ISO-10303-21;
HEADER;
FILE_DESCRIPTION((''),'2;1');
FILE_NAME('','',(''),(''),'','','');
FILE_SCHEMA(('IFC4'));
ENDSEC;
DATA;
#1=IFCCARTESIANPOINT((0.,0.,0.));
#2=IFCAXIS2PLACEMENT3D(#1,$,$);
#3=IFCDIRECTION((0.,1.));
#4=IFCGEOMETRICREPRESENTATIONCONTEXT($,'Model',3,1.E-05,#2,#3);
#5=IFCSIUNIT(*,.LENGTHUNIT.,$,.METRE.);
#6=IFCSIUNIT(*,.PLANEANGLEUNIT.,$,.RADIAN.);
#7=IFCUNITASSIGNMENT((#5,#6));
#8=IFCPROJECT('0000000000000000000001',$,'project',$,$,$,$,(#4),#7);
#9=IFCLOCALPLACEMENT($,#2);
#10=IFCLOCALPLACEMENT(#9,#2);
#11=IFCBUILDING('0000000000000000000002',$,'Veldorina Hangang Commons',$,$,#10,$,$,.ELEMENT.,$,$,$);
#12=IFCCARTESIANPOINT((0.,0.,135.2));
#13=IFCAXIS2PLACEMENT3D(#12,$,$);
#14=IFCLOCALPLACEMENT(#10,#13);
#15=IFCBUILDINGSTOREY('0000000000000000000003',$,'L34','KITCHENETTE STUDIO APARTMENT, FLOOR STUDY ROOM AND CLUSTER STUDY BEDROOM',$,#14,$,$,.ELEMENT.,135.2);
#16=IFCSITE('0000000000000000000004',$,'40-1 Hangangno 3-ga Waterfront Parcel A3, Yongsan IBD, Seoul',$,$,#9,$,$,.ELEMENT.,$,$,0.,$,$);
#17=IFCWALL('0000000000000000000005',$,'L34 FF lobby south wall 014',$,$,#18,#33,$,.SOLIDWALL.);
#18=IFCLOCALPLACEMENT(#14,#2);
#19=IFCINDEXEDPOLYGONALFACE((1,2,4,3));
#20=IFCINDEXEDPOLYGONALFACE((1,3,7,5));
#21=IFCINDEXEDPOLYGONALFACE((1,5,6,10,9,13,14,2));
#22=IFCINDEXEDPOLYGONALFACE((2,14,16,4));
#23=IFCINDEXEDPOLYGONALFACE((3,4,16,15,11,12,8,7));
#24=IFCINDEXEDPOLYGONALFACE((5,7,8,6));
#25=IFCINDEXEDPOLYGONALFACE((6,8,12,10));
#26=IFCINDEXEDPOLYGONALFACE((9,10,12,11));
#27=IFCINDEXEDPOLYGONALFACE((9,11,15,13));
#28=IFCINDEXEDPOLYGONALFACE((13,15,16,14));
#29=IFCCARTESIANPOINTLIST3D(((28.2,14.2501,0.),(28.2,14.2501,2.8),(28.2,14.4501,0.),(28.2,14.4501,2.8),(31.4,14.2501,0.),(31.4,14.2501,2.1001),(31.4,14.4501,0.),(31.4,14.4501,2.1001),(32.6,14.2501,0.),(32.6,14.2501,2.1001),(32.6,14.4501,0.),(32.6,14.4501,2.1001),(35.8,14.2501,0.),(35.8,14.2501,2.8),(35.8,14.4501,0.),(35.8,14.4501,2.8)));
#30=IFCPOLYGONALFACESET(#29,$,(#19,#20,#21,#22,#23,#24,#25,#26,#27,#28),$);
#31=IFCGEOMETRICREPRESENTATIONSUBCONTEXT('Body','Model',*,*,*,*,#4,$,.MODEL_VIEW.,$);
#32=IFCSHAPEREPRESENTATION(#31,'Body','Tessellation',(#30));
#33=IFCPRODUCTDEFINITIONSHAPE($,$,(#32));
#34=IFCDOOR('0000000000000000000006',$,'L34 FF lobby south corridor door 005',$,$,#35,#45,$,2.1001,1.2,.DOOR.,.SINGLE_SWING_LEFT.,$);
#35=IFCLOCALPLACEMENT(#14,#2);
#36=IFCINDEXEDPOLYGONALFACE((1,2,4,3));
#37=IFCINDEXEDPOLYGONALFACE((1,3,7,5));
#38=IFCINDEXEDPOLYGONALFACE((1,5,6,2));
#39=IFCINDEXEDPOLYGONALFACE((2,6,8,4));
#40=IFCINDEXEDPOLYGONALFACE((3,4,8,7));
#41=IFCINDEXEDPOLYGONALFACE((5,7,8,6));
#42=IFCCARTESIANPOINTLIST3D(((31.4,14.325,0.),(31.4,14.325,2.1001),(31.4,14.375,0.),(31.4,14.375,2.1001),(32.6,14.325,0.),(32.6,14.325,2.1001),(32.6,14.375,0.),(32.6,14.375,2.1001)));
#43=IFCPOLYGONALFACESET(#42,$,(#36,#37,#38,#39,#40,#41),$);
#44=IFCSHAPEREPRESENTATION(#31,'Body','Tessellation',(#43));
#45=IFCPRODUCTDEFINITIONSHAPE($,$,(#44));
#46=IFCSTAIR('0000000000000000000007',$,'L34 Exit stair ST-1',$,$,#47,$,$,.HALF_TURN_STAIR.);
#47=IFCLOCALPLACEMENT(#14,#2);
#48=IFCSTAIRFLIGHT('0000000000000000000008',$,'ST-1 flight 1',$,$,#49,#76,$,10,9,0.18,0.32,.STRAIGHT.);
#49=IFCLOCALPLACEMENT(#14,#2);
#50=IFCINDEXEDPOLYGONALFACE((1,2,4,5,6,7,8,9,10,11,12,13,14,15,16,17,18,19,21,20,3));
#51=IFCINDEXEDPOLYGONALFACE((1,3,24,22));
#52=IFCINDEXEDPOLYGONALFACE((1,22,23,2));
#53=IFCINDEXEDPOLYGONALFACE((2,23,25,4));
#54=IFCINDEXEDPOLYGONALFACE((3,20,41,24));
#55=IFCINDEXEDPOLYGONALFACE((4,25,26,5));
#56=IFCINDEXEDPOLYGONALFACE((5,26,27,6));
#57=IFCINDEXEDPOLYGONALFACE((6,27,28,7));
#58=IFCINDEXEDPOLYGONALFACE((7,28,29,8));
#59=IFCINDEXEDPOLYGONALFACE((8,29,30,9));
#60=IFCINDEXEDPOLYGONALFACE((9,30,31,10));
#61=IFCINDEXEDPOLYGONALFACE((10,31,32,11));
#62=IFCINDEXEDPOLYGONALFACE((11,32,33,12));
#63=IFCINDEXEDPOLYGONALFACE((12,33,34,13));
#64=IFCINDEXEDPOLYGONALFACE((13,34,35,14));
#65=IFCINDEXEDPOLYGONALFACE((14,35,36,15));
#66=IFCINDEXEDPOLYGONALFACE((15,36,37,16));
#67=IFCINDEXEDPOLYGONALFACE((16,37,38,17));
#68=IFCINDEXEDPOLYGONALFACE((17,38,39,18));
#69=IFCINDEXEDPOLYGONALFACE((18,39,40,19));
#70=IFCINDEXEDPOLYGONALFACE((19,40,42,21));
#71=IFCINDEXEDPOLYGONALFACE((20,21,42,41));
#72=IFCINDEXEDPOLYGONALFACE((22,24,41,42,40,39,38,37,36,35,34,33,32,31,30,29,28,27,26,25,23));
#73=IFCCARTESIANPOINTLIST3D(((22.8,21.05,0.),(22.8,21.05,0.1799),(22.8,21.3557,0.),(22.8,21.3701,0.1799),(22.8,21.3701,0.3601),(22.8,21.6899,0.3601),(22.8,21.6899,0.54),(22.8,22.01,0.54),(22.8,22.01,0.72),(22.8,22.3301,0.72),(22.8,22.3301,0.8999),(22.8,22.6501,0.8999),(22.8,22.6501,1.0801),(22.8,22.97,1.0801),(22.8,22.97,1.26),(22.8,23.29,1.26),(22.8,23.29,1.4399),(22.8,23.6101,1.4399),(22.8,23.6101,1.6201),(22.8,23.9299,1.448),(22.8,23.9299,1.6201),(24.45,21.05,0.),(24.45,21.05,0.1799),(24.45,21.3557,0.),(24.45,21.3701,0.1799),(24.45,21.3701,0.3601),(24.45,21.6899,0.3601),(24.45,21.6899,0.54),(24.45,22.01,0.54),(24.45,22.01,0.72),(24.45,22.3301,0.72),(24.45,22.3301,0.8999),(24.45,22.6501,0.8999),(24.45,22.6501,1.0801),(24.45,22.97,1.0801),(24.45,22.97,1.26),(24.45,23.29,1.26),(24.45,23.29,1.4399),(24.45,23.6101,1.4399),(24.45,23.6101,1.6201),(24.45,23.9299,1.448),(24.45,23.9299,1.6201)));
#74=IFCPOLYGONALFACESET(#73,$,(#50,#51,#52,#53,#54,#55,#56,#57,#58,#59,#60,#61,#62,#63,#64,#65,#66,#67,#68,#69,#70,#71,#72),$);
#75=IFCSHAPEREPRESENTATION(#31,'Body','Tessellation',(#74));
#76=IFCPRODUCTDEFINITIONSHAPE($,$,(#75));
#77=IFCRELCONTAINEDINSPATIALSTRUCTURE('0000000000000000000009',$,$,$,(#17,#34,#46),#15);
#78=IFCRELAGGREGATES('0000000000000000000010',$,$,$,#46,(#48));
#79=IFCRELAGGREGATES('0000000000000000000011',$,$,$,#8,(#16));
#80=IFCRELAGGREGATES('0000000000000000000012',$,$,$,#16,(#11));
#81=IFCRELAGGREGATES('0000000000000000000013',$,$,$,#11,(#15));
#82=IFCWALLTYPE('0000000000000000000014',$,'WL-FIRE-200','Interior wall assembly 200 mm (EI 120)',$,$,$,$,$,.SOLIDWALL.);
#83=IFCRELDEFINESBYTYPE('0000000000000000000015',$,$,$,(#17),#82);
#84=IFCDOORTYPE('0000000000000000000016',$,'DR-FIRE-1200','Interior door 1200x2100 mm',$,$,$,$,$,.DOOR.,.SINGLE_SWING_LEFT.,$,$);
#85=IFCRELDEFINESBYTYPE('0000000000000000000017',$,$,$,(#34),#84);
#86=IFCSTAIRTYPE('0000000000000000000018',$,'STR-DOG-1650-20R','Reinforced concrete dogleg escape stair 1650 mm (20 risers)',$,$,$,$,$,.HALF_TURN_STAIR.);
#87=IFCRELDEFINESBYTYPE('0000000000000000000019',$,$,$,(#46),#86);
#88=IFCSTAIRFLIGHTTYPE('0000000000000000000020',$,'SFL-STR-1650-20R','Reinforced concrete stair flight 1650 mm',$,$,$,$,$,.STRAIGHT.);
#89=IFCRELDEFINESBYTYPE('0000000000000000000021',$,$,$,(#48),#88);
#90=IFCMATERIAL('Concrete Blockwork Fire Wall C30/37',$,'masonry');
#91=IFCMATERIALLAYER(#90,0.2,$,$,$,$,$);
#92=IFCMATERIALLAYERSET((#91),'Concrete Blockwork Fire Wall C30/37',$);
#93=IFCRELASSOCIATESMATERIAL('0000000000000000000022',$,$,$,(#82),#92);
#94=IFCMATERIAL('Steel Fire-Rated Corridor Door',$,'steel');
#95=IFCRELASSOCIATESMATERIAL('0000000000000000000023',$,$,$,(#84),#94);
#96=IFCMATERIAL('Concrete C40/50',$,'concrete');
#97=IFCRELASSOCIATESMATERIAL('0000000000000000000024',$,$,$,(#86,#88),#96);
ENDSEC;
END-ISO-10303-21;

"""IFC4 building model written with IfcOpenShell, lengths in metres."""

from ifc_helpers import new_model, si_unit, direction, frame, frame_2d, origin, place, context, subcontext, project, spatial, polyline, rectangle, outline, extrude, material, layer, layer_set, type_object, element, fill, aggregate, save


model = new_model("IFC4")

# Units and contexts
model_context = context("Model", 3, precision=1e-05, world=origin(), true_north=direction((0.0, 1.0)))
body_context = subcontext(model_context, "Body", "Model", "MODEL_VIEW")
ifc_project = project(units=[si_unit("LENGTHUNIT", "METRE"), si_unit("PLANEANGLEUNIT", "RADIAN")], contexts=[model_context])

# Site, building, storey
site_placement = place(None, origin())
site = spatial("IfcSite", under=ifc_project, at=site_placement, Name="40-1 Hangangno 3-ga Waterfront Parcel A3, Yongsan IBD, Seoul", CompositionType="ELEMENT", RefElevation=0.0)
building_placement = place(site_placement, origin())
building = spatial("IfcBuilding", under=site, at=building_placement, Name="Veldorina Hangang Commons", CompositionType="ELEMENT")
storey_placement = place(building_placement, frame((0.0, 0.0, 135.2)))
storey = spatial("IfcBuildingStorey", under=building, at=storey_placement, Name="L34", Description="KITCHENETTE STUDIO APARTMENT, FLOOR STUDY ROOM AND CLUSTER STUDY BEDROOM", CompositionType="ELEMENT", Elevation=135.2)

# Shared definitions
ifc_material_1 = material(Name="Concrete Blockwork Fire Wall C30/37", Category="masonry")
ifc_layer_1 = layer(ifc_material_1, 0.2)
ifc_layer_set_1 = layer_set([ifc_layer_1], Name="Concrete Blockwork Fire Wall C30/37")
wall_type_1 = type_object("IfcWallType", Name="WL-FIRE-200", Description="Interior wall assembly 200 mm (EI 120)", PredefinedType="SOLIDWALL", material=ifc_layer_set_1)

# Wall, opening, door
wall_1_placement = place(storey_placement, frame((28.2, 14.3501, 0.0), z_axis=(0.0, 0.0, 1.0), x_axis=(1.0, 0.0, 0.0)))
wall_1 = element("IfcWall", 1, at=wall_1_placement, inside=storey, type_object=wall_type_1, Name="L34 FF lobby south wall 014", PredefinedType="SOLIDWALL", context=body_context, shape_type="SweptSolid", body=[
    extrude(rectangle(XDim=7.6001, YDim=0.2, at=frame_2d((3.8, 0.0))), origin(), (0.0, 0.0, 1.0), 2.8),
])
opening_1_placement = place(wall_1_placement, frame((3.2, 0.0, 0.0)))
opening_1 = element("IfcOpeningElement", 2, at=opening_1_placement, cuts=wall_1, PredefinedType="OPENING", context=body_context, shape_type="SweptSolid", body=[
    extrude(rectangle(XDim=1.2, YDim=2.1001, at=frame_2d((0.6001, 1.05))), frame((0.0, 0.1099, 0.0), z_axis=(0.0, -1.0, 0.0), x_axis=(1.0, 0.0, 0.0)), (0.0, 0.0, 1.0), 0.22),
])
ifc_material_2 = material(Name="Steel Fire-Rated Corridor Door", Category="steel")
door_type_1 = type_object("IfcDoorType", Name="DR-FIRE-1200", Description="Interior door 1200x2100 mm", OperationType="SINGLE_SWING_LEFT", PredefinedType="DOOR", material=ifc_material_2)
door_1_placement = place(opening_1_placement, origin())
door_1 = element("IfcDoor", 3, at=door_1_placement, inside=storey, type_object=door_type_1, Name="L34 FF lobby south corridor door 005", OperationType="SINGLE_SWING_LEFT", OverallHeight=2.1001, OverallWidth=1.2, PredefinedType="DOOR", context=body_context, shape_type="SweptSolid", body=[
    extrude(rectangle(XDim=1.2, YDim=2.1001, at=frame_2d((0.6001, 1.05))), frame((0.0, 0.0249, 0.0), z_axis=(0.0, -1.0, 0.0), x_axis=(1.0, 0.0, 0.0)), (0.0, 0.0, 1.0), 0.05),
])
fill(opening_1, door_1)

# Stair, stair flight
ifc_material_3 = material(Name="Concrete C40/50", Category="concrete")
stair_type = type_object("IfcStairType", Name="STR-DOG-1650-20R", Description="Reinforced concrete dogleg escape stair 1650 mm (20 risers)", PredefinedType="HALF_TURN_STAIR", material=ifc_material_3)
stair_placement = place(storey_placement, origin())
stair = element("IfcStair", 4, at=stair_placement, inside=storey, type_object=stair_type, Name="L34 Exit stair ST-1", PredefinedType="HALF_TURN_STAIR")
stair_flight_type = type_object("IfcStairFlightType", Name="SFL-STR-1650-20R", Description="Reinforced concrete stair flight 1650 mm", PredefinedType="STRAIGHT", material=ifc_material_3)
stair_flight_placement = place(storey_placement, frame((23.625, 21.05, 0.0), z_axis=(0.0, 0.0, 1.0), x_axis=(0.0, 1.0, 0.0)))
stair_flight = element("IfcStairFlight", 5, at=stair_flight_placement, type_object=stair_flight_type, Name="ST-1 flight 1", NumberOfRisers=10, NumberOfTreads=9, PredefinedType="STRAIGHT", RiserHeight=0.18, TreadLength=0.32, context=body_context, shape_type="SweptSolid", body=[
    extrude(outline(polyline([(0.0, 0.0), (0.0, 0.1799), (0.3201, 0.1799), (0.3201, 0.3601), (0.6399, 0.3601), (0.6399, 0.54), (0.96, 0.54), (0.96, 0.72), (1.28, 0.72), (1.28, 0.8999), (1.6001, 0.8999), (1.6001, 1.0801), (1.9199, 1.0801), (1.9199, 1.26), (2.24, 1.26), (2.24, 1.4399), (2.5601, 1.4399), (2.5601, 1.6201), (2.8799, 1.6201), (2.8799, 1.8), (2.8799, 1.448), (0.3057, 0.0), (0.0, 0.0)])), frame((0.0, 0.825, 0.0), z_axis=(0.0, -1.0, 0.0), x_axis=(1.0, 0.0, 0.0)), (0.0, 0.0, 1.0), 1.6499),
])
aggregate(stair, [stair_flight])

save(model, "model.ifc")
